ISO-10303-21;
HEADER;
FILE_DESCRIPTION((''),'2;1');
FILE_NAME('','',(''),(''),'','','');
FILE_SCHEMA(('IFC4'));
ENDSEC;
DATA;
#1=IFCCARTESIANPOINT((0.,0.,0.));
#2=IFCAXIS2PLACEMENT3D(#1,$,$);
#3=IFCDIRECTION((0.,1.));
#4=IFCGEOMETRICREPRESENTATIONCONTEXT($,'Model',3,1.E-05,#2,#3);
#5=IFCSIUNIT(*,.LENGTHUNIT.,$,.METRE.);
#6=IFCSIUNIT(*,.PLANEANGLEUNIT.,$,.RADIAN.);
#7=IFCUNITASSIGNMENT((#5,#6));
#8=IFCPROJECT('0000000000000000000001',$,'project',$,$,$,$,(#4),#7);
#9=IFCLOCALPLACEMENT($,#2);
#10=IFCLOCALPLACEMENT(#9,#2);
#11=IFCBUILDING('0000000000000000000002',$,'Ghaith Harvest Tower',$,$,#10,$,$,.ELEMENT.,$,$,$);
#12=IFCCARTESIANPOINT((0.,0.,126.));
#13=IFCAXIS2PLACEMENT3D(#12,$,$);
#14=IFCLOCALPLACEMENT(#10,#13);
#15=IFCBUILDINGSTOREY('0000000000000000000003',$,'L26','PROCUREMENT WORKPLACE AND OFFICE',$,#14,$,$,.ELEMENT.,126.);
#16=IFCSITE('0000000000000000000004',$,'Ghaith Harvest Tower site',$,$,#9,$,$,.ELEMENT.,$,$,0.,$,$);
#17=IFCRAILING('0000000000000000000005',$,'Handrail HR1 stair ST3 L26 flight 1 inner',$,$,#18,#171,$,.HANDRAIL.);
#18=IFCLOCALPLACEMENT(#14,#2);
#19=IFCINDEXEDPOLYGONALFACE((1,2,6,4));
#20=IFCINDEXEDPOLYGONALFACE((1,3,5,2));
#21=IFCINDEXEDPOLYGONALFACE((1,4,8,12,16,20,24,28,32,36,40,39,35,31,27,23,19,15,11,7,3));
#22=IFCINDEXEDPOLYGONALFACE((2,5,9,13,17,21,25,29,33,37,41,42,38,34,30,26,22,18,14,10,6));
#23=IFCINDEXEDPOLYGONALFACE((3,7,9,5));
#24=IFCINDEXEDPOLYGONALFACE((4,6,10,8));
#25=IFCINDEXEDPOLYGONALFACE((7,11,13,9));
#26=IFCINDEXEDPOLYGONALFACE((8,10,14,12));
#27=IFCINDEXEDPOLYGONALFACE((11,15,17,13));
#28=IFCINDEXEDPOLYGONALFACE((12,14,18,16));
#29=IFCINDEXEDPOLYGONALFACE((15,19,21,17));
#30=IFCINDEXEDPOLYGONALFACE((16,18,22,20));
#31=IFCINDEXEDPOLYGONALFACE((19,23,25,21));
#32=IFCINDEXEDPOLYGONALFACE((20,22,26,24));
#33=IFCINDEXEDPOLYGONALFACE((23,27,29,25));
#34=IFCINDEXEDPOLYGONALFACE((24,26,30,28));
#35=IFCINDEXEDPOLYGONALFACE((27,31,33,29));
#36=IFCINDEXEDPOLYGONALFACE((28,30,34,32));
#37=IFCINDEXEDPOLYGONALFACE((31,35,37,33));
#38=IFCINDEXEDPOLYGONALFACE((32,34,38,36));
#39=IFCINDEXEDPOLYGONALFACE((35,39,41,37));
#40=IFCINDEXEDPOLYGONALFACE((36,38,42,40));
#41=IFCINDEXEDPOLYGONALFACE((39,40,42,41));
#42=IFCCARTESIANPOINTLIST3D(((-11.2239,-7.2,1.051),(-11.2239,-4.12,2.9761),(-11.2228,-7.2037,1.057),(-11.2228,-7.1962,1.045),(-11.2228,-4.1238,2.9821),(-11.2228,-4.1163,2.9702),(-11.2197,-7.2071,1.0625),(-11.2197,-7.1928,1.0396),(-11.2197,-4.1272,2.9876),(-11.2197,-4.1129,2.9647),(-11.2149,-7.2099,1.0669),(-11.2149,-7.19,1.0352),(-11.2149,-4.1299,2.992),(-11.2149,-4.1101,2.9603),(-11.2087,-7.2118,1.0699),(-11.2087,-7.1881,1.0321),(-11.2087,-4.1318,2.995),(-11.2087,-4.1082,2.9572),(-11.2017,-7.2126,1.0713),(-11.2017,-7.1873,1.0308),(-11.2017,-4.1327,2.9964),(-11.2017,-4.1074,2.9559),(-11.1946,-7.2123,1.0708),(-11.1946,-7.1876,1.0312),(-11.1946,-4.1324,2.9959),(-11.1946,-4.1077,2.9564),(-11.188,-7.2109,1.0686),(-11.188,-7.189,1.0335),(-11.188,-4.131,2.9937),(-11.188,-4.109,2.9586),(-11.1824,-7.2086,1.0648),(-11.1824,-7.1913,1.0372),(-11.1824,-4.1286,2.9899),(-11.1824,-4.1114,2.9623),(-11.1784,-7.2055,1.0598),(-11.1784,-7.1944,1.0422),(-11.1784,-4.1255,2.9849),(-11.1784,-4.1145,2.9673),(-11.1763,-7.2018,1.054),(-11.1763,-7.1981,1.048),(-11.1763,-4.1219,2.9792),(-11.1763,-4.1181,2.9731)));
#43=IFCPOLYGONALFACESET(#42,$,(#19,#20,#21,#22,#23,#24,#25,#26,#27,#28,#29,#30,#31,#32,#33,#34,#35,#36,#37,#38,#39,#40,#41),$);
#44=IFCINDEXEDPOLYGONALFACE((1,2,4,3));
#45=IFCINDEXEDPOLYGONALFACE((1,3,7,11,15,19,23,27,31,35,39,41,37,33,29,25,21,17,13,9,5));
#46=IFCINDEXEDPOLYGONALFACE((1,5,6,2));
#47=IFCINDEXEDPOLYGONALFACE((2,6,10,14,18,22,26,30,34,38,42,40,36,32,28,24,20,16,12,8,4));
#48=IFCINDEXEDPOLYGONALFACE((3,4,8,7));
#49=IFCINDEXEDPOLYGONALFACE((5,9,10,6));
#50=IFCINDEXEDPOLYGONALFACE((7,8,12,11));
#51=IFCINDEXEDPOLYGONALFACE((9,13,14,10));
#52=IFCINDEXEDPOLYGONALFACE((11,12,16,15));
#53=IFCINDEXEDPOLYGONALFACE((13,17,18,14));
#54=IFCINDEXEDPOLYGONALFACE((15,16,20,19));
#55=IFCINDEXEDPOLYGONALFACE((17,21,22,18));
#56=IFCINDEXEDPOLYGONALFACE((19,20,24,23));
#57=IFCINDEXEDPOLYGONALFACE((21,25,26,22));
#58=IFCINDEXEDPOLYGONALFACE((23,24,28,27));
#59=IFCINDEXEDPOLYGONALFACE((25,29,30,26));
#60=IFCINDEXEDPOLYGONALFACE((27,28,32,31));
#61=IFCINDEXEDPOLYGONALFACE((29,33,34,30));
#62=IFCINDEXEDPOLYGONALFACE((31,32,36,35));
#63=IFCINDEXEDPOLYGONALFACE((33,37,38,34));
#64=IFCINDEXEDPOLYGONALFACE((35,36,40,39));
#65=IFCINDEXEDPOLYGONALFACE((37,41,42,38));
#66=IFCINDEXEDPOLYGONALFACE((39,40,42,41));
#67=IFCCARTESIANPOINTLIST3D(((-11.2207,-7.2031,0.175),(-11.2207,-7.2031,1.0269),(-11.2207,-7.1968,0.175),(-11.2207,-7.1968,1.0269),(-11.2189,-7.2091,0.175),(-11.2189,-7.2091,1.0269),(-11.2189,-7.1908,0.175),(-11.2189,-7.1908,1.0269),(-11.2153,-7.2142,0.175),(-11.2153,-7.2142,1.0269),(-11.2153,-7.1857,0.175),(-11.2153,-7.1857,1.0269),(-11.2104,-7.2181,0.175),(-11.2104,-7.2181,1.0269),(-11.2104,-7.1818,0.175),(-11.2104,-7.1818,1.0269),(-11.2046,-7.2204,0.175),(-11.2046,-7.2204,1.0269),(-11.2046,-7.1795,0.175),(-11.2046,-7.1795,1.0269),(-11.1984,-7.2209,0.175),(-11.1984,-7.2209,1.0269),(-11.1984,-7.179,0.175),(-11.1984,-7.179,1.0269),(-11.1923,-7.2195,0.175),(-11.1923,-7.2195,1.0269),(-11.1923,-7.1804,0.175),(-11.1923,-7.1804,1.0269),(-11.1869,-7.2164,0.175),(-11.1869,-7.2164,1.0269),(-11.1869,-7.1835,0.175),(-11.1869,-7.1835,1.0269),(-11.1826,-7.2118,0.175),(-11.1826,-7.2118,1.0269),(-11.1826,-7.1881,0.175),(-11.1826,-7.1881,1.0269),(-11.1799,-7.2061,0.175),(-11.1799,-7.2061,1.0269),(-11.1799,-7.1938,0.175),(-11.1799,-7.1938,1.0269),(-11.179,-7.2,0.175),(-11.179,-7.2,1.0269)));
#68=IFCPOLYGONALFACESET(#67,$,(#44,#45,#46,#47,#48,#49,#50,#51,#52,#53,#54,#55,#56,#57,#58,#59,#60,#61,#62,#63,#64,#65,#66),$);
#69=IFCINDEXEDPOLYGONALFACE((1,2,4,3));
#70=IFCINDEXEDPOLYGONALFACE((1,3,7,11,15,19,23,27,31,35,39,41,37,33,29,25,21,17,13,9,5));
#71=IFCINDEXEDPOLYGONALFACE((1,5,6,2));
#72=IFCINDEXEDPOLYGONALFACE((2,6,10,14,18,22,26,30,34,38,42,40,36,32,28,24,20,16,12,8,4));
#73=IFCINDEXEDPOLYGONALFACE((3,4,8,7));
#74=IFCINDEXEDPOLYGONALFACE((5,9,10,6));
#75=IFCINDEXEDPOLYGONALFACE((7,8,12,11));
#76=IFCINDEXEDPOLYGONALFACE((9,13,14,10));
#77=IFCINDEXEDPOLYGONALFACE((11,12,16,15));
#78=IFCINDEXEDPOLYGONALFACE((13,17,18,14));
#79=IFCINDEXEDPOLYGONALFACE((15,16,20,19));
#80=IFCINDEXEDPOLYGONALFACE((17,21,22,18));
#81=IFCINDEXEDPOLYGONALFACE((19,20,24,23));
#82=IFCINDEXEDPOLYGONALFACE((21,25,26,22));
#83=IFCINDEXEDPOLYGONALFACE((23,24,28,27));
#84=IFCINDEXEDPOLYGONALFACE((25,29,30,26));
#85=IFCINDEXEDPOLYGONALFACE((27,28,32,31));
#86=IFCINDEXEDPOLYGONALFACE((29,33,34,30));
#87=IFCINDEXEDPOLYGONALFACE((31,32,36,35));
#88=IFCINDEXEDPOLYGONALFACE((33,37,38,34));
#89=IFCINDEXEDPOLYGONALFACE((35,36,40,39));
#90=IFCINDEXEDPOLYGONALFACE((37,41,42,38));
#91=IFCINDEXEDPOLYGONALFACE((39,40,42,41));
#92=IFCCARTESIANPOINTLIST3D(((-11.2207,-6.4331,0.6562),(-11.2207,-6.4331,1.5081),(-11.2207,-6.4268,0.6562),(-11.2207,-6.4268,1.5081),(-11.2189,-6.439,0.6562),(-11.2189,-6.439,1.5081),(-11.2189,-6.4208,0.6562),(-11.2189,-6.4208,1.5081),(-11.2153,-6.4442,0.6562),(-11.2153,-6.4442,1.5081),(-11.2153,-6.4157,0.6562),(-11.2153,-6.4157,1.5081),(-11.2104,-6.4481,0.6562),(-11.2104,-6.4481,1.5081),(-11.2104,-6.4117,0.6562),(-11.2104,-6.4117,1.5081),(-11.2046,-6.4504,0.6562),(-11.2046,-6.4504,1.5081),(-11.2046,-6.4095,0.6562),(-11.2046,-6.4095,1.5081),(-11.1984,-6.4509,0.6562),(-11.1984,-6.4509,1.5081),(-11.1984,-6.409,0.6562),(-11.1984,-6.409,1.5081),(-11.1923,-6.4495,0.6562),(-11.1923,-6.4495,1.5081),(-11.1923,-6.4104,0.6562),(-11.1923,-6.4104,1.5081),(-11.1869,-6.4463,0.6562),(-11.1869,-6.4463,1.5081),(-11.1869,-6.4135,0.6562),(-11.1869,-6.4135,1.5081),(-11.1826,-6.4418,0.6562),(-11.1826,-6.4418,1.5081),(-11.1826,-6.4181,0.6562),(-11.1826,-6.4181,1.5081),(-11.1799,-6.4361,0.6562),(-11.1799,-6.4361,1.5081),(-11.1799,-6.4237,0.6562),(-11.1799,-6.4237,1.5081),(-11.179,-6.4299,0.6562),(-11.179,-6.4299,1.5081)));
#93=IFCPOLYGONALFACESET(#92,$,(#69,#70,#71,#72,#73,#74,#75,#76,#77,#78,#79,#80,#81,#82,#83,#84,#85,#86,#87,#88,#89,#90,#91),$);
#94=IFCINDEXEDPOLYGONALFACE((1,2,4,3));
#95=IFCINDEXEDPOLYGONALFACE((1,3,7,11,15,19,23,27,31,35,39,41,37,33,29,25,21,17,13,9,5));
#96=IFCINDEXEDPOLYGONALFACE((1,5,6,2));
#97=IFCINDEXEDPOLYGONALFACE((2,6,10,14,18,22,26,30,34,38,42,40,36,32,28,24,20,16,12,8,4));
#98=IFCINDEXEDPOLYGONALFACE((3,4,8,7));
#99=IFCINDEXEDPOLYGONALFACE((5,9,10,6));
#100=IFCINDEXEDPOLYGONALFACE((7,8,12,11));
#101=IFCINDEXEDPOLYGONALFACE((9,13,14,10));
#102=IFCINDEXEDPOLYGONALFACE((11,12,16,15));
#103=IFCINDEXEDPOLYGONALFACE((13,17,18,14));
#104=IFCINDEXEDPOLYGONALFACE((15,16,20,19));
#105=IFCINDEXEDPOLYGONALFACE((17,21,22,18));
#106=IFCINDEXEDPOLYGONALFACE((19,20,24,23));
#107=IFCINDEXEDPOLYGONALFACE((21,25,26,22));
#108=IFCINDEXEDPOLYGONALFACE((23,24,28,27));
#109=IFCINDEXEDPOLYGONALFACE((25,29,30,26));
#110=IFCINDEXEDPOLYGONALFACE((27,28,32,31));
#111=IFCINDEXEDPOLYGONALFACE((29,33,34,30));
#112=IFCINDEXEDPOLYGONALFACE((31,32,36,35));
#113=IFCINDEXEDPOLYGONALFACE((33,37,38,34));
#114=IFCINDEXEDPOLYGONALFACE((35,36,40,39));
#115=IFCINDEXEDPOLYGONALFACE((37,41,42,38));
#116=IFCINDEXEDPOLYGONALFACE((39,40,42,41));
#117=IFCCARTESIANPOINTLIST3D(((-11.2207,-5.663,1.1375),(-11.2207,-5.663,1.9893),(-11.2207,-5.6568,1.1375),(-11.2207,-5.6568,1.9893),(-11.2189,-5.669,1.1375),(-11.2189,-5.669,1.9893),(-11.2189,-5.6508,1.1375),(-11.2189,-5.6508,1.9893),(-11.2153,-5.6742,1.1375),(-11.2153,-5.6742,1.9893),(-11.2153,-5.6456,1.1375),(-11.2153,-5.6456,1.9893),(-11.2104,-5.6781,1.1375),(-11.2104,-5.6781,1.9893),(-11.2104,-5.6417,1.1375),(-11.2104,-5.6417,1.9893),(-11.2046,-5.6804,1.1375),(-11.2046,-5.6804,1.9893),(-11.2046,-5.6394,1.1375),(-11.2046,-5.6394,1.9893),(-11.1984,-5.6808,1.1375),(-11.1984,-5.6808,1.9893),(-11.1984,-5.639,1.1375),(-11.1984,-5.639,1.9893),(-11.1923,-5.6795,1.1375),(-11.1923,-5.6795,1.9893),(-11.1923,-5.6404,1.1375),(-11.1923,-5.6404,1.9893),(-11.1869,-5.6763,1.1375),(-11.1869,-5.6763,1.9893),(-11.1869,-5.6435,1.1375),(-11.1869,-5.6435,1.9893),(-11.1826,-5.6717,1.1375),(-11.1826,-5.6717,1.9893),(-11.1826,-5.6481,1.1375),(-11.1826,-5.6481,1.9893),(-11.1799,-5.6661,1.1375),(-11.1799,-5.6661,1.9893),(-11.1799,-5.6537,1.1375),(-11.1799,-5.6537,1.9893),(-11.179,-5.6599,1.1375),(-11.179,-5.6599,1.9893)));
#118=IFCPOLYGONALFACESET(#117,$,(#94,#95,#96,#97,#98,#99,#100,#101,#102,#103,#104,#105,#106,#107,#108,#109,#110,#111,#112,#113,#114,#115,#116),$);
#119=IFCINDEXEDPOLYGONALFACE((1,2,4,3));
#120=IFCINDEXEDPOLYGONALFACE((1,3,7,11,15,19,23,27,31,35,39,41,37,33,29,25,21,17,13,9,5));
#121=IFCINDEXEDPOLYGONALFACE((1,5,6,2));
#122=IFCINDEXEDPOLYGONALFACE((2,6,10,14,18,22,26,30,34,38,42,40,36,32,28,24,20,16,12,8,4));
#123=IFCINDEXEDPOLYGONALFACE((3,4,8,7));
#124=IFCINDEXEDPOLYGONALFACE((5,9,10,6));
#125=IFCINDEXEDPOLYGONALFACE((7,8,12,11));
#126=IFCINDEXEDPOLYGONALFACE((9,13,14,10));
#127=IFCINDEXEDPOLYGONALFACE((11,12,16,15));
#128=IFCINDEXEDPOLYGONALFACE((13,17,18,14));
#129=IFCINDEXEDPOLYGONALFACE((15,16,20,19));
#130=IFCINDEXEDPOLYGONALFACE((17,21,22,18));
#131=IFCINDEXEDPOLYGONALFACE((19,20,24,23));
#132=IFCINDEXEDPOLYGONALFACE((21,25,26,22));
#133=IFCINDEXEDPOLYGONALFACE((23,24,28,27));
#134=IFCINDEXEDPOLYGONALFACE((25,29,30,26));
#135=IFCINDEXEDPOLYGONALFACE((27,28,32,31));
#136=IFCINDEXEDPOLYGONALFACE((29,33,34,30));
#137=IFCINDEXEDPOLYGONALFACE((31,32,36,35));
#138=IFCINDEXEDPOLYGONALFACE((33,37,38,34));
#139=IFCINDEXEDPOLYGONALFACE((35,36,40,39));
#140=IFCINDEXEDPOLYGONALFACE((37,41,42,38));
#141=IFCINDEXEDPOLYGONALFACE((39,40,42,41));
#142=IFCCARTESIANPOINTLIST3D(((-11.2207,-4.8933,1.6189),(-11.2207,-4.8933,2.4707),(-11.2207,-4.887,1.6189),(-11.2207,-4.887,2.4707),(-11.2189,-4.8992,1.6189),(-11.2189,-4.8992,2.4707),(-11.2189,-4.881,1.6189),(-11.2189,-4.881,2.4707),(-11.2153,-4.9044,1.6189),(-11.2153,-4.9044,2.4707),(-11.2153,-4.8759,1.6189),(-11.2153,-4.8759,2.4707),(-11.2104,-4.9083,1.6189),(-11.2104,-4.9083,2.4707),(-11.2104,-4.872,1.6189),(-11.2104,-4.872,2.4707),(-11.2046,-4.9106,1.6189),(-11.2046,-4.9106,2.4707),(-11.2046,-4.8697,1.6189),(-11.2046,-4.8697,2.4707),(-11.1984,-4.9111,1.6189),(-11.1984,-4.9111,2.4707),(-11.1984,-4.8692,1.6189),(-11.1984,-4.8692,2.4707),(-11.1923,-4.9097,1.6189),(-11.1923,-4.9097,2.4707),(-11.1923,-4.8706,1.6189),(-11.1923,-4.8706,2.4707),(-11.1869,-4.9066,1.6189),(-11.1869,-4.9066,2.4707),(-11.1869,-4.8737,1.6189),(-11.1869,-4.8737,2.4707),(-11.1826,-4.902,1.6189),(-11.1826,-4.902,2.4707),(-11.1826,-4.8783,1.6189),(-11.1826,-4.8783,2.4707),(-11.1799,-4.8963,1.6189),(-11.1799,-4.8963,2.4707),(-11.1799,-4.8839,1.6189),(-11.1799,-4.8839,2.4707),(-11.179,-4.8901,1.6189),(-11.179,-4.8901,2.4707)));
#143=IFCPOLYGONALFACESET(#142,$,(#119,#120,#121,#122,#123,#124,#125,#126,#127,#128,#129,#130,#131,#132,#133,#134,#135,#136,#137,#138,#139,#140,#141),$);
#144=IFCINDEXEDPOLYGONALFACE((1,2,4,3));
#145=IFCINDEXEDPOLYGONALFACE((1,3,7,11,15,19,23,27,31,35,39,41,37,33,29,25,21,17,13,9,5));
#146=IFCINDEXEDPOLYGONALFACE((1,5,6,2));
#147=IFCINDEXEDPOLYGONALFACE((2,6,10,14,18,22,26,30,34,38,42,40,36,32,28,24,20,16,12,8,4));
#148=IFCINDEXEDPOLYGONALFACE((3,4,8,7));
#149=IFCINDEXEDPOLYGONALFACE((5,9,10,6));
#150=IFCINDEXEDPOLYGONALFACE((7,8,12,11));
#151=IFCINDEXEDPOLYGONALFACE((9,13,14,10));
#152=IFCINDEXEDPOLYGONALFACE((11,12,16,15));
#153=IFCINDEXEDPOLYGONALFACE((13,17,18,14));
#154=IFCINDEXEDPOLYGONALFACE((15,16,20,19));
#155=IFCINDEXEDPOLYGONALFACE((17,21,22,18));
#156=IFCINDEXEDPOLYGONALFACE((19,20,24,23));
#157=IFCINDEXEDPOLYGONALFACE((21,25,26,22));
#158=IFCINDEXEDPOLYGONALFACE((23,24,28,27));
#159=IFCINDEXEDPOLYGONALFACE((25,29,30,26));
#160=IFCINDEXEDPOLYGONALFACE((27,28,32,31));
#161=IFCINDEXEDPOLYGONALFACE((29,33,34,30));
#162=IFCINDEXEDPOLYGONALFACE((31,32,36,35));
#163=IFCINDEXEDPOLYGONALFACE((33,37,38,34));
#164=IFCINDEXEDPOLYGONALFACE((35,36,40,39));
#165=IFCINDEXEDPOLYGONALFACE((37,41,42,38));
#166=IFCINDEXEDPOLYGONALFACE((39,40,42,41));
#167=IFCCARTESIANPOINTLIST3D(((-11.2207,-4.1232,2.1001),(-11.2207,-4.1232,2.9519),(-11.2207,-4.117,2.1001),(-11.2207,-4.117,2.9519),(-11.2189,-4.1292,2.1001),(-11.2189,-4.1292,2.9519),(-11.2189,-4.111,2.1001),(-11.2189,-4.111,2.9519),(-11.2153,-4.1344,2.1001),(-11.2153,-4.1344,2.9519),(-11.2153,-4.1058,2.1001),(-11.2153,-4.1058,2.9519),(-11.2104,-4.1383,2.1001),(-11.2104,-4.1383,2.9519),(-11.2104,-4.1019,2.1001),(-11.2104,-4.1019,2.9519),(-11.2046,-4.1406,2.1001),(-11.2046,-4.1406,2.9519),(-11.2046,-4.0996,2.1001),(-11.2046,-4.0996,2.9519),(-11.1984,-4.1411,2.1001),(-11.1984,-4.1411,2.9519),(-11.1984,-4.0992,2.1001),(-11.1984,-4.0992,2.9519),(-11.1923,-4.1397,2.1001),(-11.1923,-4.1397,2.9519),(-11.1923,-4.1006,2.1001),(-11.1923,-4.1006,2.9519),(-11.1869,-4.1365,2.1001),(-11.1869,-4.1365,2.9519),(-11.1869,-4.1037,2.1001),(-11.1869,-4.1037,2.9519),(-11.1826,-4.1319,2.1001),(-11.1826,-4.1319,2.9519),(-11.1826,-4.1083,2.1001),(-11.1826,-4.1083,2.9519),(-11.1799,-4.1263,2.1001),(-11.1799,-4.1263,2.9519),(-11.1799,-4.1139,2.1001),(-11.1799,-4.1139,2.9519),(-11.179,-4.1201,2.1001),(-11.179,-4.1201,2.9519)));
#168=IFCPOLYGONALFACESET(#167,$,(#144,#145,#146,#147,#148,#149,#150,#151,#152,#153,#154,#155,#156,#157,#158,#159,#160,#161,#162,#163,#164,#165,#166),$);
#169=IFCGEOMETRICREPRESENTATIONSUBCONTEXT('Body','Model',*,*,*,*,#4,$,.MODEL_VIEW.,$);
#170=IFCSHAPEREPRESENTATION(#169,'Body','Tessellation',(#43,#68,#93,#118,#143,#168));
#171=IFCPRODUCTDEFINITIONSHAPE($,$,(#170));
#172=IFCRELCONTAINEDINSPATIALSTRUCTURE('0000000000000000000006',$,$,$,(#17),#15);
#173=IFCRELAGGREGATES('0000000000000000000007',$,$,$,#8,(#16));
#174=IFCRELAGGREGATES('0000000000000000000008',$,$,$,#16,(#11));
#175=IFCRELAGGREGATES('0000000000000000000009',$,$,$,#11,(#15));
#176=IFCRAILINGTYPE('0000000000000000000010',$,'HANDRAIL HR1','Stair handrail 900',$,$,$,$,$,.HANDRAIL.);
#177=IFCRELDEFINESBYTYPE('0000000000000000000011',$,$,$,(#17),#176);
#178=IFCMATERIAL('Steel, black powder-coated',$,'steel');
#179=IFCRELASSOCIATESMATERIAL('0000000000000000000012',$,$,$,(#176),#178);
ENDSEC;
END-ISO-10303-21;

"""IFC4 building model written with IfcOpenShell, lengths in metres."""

from ifc_helpers import new_model, si_unit, direction, frame, origin, origin_2d, place, context, subcontext, project, spatial, circle, extrude, material, type_object, element, save


model = new_model("IFC4")

# Units and contexts
model_context = context("Model", 3, precision=1e-05, world=origin(), true_north=direction((0.0, 1.0)))
body_context = subcontext(model_context, "Body", "Model", "MODEL_VIEW")
ifc_project = project(units=[si_unit("LENGTHUNIT", "METRE"), si_unit("PLANEANGLEUNIT", "RADIAN")], contexts=[model_context])

# Site, building, storey
site_placement = place(None, origin())
site = spatial("IfcSite", under=ifc_project, at=site_placement, Name="Ghaith Harvest Tower site", CompositionType="ELEMENT", RefElevation=0.0)
building_placement = place(site_placement, origin())
building = spatial("IfcBuilding", under=site, at=building_placement, Name="Ghaith Harvest Tower", CompositionType="ELEMENT")
storey_placement = place(building_placement, frame((0.0, 0.0, 126.0)))
storey = spatial("IfcBuildingStorey", under=building, at=storey_placement, Name="L26", Description="PROCUREMENT WORKPLACE AND OFFICE", CompositionType="ELEMENT", Elevation=126.0)

# Railing
ifc_material_1 = material(Name="Steel, black powder-coated", Category="steel")
railing_type = type_object("IfcRailingType", Name="HANDRAIL HR1", Description="Stair handrail 900", PredefinedType="HANDRAIL", material=ifc_material_1)
railing_1_placement = place(storey_placement, frame((-11.2, -7.2, 0.175)))
element("IfcRailing", 1, at=railing_1_placement, inside=storey, type_object=railing_type, Name="Handrail HR1 stair ST3 L26 flight 1 inner", PredefinedType="HANDRAIL", context=body_context, shape_type="SweptSolid", body=[
    extrude(circle(Radius=0.0239, at=origin_2d()), frame((0.0, 0.0, 0.876), z_axis=(0.0, 0.847979, 0.530029), x_axis=(-1.0, 0.0, 0.0)), (0.0, 0.0, 1.0), 3.6321),
    extrude(circle(Radius=0.021, at=origin_2d()), origin(), (0.0, 0.0, 1.0), 0.8518),
    extrude(circle(Radius=0.021, at=origin_2d()), frame((0.0, 0.77, 0.4812)), (0.0, 0.0, 1.0), 0.8518),
    extrude(circle(Radius=0.021, at=origin_2d()), frame((0.0, 1.54, 0.9624)), (0.0, 0.0, 1.0), 0.8518),
    extrude(circle(Radius=0.021, at=origin_2d()), frame((0.0, 2.3098, 1.4438)), (0.0, 0.0, 1.0), 0.8518),
    extrude(circle(Radius=0.021, at=origin_2d()), frame((0.0, 3.0798, 1.925)), (0.0, 0.0, 1.0), 0.8518),
])

save(model, "model.ifc")
